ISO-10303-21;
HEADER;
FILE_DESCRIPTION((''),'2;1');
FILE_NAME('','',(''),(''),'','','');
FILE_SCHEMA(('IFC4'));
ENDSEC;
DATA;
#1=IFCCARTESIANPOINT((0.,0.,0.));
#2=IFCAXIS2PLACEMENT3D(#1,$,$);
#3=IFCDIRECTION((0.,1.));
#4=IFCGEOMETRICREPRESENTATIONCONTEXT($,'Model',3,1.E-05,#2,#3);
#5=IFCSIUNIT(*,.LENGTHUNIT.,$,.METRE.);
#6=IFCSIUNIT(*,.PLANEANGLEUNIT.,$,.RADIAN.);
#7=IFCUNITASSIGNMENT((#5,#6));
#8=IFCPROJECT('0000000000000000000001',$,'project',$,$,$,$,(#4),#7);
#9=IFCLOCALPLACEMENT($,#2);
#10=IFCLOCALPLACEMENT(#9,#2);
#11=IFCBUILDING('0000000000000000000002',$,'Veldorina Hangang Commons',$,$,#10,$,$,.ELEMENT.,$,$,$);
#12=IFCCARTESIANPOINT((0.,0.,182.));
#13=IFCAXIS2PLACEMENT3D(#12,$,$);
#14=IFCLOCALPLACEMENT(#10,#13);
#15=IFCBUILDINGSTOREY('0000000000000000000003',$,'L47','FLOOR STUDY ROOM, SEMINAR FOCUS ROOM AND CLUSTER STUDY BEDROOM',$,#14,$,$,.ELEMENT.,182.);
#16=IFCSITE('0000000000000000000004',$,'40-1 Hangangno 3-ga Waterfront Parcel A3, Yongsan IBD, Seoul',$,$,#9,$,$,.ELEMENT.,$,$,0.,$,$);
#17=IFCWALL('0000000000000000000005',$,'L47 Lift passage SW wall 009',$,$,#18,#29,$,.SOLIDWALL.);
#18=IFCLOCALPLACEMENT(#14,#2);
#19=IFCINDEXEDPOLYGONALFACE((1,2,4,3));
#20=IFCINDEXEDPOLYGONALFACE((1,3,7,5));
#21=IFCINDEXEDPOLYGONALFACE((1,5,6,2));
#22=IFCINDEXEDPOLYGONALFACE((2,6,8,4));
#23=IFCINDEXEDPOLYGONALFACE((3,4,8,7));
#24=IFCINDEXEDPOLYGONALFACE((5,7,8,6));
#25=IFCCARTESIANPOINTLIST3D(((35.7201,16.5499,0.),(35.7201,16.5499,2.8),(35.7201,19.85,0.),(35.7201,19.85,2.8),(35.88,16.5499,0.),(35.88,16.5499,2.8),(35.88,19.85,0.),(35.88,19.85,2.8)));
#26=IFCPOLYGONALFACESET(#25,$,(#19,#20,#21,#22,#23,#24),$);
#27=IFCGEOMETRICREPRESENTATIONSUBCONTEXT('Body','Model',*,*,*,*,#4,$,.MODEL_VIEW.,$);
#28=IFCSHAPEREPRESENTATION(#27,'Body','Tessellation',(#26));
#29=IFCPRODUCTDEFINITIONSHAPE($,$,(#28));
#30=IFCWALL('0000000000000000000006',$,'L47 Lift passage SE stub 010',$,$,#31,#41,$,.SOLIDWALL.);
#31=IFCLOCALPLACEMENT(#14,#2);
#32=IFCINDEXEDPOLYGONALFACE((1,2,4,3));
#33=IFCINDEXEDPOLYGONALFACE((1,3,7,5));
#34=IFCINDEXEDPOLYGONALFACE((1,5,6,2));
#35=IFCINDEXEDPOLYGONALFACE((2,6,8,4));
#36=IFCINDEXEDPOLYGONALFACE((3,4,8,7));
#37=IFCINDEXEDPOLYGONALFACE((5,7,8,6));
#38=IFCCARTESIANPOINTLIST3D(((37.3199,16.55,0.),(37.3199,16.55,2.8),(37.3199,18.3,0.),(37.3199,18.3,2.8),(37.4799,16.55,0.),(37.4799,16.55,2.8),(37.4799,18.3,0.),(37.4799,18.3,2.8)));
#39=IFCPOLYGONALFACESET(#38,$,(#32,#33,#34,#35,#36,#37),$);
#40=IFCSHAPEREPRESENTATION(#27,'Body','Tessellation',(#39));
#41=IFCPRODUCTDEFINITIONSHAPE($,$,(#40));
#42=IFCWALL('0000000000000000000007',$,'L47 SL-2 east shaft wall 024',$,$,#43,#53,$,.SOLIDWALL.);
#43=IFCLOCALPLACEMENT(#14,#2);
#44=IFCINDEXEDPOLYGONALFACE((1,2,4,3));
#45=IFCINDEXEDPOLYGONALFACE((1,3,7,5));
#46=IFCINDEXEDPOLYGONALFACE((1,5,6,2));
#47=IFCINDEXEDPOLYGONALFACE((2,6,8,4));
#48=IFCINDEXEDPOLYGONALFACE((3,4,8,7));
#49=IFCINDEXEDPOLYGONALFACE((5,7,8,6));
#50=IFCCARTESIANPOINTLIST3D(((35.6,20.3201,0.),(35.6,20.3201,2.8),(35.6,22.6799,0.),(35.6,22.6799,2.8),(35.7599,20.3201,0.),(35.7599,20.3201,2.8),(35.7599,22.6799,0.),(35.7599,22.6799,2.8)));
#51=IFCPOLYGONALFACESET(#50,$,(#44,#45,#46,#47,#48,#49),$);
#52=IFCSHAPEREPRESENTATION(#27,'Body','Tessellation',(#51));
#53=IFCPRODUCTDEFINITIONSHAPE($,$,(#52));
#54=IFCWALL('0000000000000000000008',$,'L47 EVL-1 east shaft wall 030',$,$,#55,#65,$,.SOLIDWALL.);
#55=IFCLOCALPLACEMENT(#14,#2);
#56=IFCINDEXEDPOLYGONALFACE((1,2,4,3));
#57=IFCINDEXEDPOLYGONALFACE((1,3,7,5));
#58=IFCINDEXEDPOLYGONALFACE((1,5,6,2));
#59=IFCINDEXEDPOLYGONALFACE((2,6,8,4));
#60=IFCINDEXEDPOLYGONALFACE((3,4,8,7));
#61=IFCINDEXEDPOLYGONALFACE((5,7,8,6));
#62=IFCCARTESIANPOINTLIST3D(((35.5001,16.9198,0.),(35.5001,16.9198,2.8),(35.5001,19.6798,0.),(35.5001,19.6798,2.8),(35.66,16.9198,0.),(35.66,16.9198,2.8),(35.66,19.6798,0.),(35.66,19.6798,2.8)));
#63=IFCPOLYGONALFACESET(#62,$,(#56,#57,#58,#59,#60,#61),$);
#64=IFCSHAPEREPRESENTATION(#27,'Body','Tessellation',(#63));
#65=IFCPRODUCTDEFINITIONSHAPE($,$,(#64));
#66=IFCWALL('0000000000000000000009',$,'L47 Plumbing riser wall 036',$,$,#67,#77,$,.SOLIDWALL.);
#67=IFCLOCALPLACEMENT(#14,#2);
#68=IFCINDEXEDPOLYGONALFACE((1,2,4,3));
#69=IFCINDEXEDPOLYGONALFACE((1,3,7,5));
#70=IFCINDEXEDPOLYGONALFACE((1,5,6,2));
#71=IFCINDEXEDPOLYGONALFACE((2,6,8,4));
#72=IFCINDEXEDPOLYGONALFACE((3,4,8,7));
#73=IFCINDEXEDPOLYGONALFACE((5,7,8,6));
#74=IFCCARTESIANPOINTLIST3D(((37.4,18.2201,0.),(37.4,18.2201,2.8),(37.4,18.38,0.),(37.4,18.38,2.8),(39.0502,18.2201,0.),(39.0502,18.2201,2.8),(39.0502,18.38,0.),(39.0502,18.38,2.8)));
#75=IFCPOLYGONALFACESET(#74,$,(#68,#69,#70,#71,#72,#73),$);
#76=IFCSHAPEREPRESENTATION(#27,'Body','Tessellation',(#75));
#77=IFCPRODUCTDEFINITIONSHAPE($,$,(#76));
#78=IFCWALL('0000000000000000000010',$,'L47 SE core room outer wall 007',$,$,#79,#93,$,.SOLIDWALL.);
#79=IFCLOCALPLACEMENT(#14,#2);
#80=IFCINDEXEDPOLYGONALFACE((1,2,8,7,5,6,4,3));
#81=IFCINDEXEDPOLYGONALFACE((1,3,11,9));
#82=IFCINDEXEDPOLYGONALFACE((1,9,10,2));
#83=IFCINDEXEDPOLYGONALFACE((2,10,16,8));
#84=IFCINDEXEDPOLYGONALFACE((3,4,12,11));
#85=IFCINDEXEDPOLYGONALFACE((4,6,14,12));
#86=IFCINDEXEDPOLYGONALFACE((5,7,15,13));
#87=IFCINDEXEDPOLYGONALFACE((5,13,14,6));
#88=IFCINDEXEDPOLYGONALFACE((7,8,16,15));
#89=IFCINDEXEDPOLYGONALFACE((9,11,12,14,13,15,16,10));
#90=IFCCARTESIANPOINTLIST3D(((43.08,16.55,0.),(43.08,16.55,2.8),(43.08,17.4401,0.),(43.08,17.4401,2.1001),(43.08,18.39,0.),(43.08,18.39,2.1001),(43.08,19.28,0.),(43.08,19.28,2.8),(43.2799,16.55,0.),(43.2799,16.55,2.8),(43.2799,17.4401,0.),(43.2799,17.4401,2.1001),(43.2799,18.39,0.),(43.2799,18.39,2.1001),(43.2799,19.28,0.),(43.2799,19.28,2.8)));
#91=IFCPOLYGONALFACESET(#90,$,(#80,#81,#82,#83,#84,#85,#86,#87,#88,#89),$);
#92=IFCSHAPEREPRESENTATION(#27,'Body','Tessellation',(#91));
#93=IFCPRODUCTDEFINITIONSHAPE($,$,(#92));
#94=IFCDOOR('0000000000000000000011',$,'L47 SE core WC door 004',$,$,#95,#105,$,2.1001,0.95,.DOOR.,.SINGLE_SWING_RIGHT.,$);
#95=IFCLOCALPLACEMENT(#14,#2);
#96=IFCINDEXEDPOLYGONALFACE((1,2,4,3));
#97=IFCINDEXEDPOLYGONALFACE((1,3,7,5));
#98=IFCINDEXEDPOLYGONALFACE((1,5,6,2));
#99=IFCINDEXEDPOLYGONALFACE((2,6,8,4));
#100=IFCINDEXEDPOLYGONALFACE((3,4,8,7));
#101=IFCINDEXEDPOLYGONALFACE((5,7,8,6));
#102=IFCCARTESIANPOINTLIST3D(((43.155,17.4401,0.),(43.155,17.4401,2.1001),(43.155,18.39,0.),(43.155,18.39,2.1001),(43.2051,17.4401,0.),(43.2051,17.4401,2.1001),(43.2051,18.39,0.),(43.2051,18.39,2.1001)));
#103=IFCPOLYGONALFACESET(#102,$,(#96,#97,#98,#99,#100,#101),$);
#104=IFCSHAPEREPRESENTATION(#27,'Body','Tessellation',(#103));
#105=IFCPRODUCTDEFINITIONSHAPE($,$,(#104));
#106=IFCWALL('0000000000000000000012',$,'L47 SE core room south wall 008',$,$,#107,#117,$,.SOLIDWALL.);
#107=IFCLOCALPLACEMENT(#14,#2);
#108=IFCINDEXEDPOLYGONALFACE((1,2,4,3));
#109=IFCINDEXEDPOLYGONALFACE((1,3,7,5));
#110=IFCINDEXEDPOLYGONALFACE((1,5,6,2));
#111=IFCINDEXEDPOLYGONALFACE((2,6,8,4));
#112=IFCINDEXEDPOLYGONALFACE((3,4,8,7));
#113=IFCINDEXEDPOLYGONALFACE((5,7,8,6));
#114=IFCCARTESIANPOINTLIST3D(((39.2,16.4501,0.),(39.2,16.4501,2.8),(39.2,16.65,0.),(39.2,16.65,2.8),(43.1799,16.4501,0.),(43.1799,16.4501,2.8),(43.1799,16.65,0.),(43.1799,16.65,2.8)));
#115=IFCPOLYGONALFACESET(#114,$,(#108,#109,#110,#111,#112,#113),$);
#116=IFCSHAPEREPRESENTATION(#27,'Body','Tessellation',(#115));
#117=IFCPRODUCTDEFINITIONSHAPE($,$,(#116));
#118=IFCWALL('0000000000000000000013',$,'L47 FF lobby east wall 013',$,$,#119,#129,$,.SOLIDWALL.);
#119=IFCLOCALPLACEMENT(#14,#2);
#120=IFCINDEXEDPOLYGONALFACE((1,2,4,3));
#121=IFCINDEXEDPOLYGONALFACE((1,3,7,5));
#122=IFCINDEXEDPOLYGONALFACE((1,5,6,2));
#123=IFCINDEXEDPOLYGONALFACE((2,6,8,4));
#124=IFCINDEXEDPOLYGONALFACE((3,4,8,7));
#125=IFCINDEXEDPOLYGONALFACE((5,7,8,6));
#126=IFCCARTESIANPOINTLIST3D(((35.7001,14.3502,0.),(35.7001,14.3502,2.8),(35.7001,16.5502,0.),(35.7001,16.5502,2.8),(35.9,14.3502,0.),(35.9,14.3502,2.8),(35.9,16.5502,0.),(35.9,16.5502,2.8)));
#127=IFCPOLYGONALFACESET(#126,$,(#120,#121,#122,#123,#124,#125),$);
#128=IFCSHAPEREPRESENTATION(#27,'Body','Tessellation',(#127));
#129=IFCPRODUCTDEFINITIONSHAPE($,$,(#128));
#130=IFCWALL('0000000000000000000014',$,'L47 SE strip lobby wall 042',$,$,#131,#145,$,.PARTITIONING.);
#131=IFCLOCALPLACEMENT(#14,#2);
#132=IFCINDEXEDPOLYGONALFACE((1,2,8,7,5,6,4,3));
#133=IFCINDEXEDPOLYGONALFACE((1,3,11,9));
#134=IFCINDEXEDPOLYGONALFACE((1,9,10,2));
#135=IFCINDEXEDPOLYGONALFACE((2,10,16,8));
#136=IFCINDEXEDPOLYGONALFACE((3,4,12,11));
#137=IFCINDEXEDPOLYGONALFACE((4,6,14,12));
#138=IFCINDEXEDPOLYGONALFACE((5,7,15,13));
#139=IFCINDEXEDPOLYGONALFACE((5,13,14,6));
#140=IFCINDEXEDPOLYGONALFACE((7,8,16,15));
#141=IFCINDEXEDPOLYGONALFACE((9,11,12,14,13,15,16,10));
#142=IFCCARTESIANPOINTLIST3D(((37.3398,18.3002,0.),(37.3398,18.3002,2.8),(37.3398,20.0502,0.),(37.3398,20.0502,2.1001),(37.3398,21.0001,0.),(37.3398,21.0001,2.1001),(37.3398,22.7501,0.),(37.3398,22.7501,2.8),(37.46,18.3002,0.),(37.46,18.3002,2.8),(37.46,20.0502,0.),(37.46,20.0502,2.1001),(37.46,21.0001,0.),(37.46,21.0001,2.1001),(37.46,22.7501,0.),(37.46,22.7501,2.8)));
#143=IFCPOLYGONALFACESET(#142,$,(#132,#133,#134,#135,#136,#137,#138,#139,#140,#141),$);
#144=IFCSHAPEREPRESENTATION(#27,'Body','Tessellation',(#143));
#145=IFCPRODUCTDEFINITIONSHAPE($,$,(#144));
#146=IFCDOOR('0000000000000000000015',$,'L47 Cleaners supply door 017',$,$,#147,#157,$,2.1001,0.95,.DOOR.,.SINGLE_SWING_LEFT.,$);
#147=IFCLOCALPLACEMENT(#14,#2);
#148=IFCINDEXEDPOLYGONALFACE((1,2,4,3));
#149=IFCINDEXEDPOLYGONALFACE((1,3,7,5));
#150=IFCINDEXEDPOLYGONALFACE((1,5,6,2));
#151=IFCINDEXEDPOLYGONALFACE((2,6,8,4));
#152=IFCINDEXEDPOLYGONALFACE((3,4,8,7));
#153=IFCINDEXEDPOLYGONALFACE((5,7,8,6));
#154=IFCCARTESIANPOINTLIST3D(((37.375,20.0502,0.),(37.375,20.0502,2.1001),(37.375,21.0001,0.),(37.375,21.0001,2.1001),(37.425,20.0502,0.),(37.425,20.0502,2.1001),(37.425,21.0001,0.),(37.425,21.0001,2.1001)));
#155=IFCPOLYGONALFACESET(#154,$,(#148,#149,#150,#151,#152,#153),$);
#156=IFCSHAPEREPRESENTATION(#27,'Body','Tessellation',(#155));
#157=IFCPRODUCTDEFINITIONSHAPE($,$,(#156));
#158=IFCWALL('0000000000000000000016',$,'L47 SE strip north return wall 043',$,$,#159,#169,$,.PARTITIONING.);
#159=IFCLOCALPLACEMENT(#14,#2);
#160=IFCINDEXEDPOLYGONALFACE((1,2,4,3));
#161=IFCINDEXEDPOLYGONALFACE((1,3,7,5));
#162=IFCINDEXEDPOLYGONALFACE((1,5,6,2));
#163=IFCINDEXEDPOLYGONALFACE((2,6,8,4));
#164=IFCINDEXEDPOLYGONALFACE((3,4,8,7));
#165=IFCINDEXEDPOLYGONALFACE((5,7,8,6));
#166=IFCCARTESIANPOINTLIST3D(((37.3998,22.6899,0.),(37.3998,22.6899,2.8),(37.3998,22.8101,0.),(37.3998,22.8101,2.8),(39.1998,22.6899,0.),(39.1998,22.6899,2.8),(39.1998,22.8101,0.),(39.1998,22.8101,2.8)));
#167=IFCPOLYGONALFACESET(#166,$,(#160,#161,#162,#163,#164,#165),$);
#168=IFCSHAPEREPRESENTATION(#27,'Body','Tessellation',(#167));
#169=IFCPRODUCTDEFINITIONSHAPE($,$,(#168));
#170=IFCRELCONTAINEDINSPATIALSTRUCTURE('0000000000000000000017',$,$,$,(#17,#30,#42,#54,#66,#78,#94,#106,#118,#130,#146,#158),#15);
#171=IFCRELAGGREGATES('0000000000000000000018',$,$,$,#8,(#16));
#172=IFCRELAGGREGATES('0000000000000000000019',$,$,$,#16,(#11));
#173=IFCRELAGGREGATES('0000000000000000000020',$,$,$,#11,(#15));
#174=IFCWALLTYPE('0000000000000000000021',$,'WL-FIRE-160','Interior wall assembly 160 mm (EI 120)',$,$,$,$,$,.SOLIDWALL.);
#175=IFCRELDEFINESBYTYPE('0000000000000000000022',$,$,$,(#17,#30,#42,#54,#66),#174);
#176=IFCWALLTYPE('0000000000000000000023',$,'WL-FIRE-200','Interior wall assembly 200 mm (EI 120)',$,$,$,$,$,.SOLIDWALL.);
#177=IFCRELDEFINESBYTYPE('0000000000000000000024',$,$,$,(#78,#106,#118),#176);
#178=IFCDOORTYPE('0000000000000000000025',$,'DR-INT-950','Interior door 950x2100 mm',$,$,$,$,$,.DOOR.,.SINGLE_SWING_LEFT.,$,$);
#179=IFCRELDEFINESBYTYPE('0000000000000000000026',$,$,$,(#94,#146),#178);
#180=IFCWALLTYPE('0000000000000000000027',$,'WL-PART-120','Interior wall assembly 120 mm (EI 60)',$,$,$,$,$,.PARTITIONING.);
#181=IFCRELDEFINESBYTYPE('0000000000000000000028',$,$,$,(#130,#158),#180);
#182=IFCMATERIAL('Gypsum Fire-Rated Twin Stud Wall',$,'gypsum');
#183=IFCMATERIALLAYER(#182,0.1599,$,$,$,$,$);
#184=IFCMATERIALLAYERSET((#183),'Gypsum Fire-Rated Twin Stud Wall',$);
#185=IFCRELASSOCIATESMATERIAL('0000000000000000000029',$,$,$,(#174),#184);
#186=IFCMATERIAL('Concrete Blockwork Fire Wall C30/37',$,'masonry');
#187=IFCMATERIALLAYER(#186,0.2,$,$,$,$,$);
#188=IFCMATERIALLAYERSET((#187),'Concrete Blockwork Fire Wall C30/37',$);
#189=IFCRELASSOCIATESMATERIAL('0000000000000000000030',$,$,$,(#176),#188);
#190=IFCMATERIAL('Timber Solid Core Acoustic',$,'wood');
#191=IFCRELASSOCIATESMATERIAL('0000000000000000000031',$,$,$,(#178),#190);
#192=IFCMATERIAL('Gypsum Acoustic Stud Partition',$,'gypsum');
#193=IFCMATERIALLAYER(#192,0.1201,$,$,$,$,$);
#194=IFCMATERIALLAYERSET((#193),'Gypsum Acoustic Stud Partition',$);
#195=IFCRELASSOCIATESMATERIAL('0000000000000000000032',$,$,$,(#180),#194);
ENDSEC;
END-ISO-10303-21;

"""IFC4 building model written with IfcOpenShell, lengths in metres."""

from ifc_helpers import new_model, si_unit, direction, frame, frame_2d, origin, place, context, subcontext, project, spatial, rectangle, extrude, material, layer, layer_set, type_object, element, fill, save


model = new_model("IFC4")

# Units and contexts
model_context = context("Model", 3, precision=1e-05, world=origin(), true_north=direction((0.0, 1.0)))
body_context = subcontext(model_context, "Body", "Model", "MODEL_VIEW")
ifc_project = project(units=[si_unit("LENGTHUNIT", "METRE"), si_unit("PLANEANGLEUNIT", "RADIAN")], contexts=[model_context])

# Site, building, storey
site_placement = place(None, origin())
site = spatial("IfcSite", under=ifc_project, at=site_placement, Name="40-1 Hangangno 3-ga Waterfront Parcel A3, Yongsan IBD, Seoul", CompositionType="ELEMENT", RefElevation=0.0)
building_placement = place(site_placement, origin())
building = spatial("IfcBuilding", under=site, at=building_placement, Name="Veldorina Hangang Commons", CompositionType="ELEMENT")
storey_placement = place(building_placement, frame((0.0, 0.0, 182.0)))
storey = spatial("IfcBuildingStorey", under=building, at=storey_placement, Name="L47", Description="FLOOR STUDY ROOM, SEMINAR FOCUS ROOM AND CLUSTER STUDY BEDROOM", CompositionType="ELEMENT", Elevation=182.0)

# Walls
ifc_material_1 = material(Name="Gypsum Fire-Rated Twin Stud Wall", Category="gypsum")
ifc_layer_1 = layer(ifc_material_1, 0.1599)
ifc_layer_set_1 = layer_set([ifc_layer_1], Name="Gypsum Fire-Rated Twin Stud Wall")
wall_type_1 = type_object("IfcWallType", Name="WL-FIRE-160", Description="Interior wall assembly 160 mm (EI 120)", PredefinedType="SOLIDWALL", material=ifc_layer_set_1)
wall_1_placement = place(storey_placement, frame((35.8, 16.55, 0.0), z_axis=(0.0, 0.0, 1.0), x_axis=(0.0, 1.0, 0.0)))
element("IfcWall", 1, at=wall_1_placement, inside=storey, type_object=wall_type_1, Name="L47 Lift passage SW wall 009", PredefinedType="SOLIDWALL", context=body_context, shape_type="SweptSolid", body=[
    extrude(rectangle(XDim=3.3, YDim=0.1599, at=frame_2d((1.6499, 0.0))), origin(), (0.0, 0.0, 1.0), 2.8),
])
wall_2_placement = place(storey_placement, frame((37.3999, 16.55, 0.0), z_axis=(0.0, 0.0, 1.0), x_axis=(0.0, 1.0, 0.0)))
element("IfcWall", 2, at=wall_2_placement, inside=storey, type_object=wall_type_1, Name="L47 Lift passage SE stub 010", PredefinedType="SOLIDWALL", context=body_context, shape_type="SweptSolid", body=[
    extrude(rectangle(XDim=1.75, YDim=0.1599, at=frame_2d((0.875, 0.0))), origin(), (0.0, 0.0, 1.0), 2.8),
])
wall_3_placement = place(storey_placement, frame((35.6799, 20.3201, 0.0), z_axis=(0.0, 0.0, 1.0), x_axis=(0.0, 1.0, 0.0)))
element("IfcWall", 3, at=wall_3_placement, inside=storey, type_object=wall_type_1, Name="L47 SL-2 east shaft wall 024", PredefinedType="SOLIDWALL", context=body_context, shape_type="SweptSolid", body=[
    extrude(rectangle(XDim=2.3599, YDim=0.1599, at=frame_2d((1.1799, 0.0))), origin(), (0.0, 0.0, 1.0), 2.8),
])
wall_4_placement = place(storey_placement, frame((35.5801, 16.9199, 0.0), z_axis=(0.0, 0.0, 1.0), x_axis=(0.0, 1.0, 0.0)))
element("IfcWall", 4, at=wall_4_placement, inside=storey, type_object=wall_type_1, Name="L47 EVL-1 east shaft wall 030", PredefinedType="SOLIDWALL", context=body_context, shape_type="SweptSolid", body=[
    extrude(rectangle(XDim=2.76, YDim=0.1599, at=frame_2d((1.3799, 0.0))), origin(), (0.0, 0.0, 1.0), 2.8),
])
wall_5_placement = place(storey_placement, frame((37.3999, 18.3, 0.0), z_axis=(0.0, 0.0, 1.0), x_axis=(1.0, 0.0, 0.0)))
element("IfcWall", 5, at=wall_5_placement, inside=storey, type_object=wall_type_1, Name="L47 Plumbing riser wall 036", PredefinedType="SOLIDWALL", context=body_context, shape_type="SweptSolid", body=[
    extrude(rectangle(XDim=1.6501, YDim=0.1599, at=frame_2d((0.8252, 0.0))), origin(), (0.0, 0.0, 1.0), 2.8),
])

# Wall, opening, door
ifc_material_2 = material(Name="Concrete Blockwork Fire Wall C30/37", Category="masonry")
ifc_layer_2 = layer(ifc_material_2, 0.2)
ifc_layer_set_2 = layer_set([ifc_layer_2], Name="Concrete Blockwork Fire Wall C30/37")
wall_type_2 = type_object("IfcWallType", Name="WL-FIRE-200", Description="Interior wall assembly 200 mm (EI 120)", PredefinedType="SOLIDWALL", material=ifc_layer_set_2)
wall_6_placement = place(storey_placement, frame((43.1799, 16.55, 0.0), z_axis=(0.0, 0.0, 1.0), x_axis=(0.0, 1.0, 0.0)))
wall_6 = element("IfcWall", 6, at=wall_6_placement, inside=storey, type_object=wall_type_2, Name="L47 SE core room outer wall 007", PredefinedType="SOLIDWALL", context=body_context, shape_type="SweptSolid", body=[
    extrude(rectangle(XDim=2.73, YDim=0.2, at=frame_2d((1.365, 0.0))), origin(), (0.0, 0.0, 1.0), 2.8),
])
opening_1_placement = place(wall_6_placement, frame((0.8899, 0.0, 0.0)))
opening_1 = element("IfcOpeningElement", 7, at=opening_1_placement, cuts=wall_6, PredefinedType="OPENING", context=body_context, shape_type="SweptSolid", body=[
    extrude(rectangle(XDim=0.95, YDim=2.1001, at=frame_2d((0.4751, 1.05))), frame((0.0, 0.1099, 0.0), z_axis=(0.0, -1.0, 0.0), x_axis=(1.0, 0.0, 0.0)), (0.0, 0.0, 1.0), 0.22),
])
ifc_material_3 = material(Name="Timber Solid Core Acoustic", Category="wood")
door_type_1 = type_object("IfcDoorType", Name="DR-INT-950", Description="Interior door 950x2100 mm", OperationType="SINGLE_SWING_LEFT", PredefinedType="DOOR", material=ifc_material_3)
door_1_placement = place(opening_1_placement, origin())
door_1 = element("IfcDoor", 8, at=door_1_placement, inside=storey, type_object=door_type_1, Name="L47 SE core WC door 004", OperationType="SINGLE_SWING_RIGHT", OverallHeight=2.1001, OverallWidth=0.95, PredefinedType="DOOR", context=body_context, shape_type="SweptSolid", body=[
    extrude(rectangle(XDim=0.95, YDim=2.1001, at=frame_2d((0.4751, 1.05))), frame((0.0, 0.0249, 0.0), z_axis=(0.0, -1.0, 0.0), x_axis=(1.0, 0.0, 0.0)), (0.0, 0.0, 1.0), 0.05),
])
fill(opening_1, door_1)

# Walls
wall_7_placement = place(storey_placement, frame((39.2, 16.55, 0.0), z_axis=(0.0, 0.0, 1.0), x_axis=(1.0, 0.0, 0.0)))
element("IfcWall", 9, at=wall_7_placement, inside=storey, type_object=wall_type_2, Name="L47 SE core room south wall 008", PredefinedType="SOLIDWALL", context=body_context, shape_type="SweptSolid", body=[
    extrude(rectangle(XDim=3.98, YDim=0.2, at=frame_2d((1.99, 0.0))), origin(), (0.0, 0.0, 1.0), 2.8),
])
wall_8_placement = place(storey_placement, frame((35.8, 14.3501, 0.0), z_axis=(0.0, 0.0, 1.0), x_axis=(0.0, 1.0, 0.0)))
element("IfcWall", 10, at=wall_8_placement, inside=storey, type_object=wall_type_2, Name="L47 FF lobby east wall 013", PredefinedType="SOLIDWALL", context=body_context, shape_type="SweptSolid", body=[
    extrude(rectangle(XDim=2.2, YDim=0.2, at=frame_2d((1.1001, 0.0))), origin(), (0.0, 0.0, 1.0), 2.8),
])

# Wall, opening, door
ifc_material_4 = material(Name="Gypsum Acoustic Stud Partition", Category="gypsum")
ifc_layer_3 = layer(ifc_material_4, 0.1201)
ifc_layer_set_3 = layer_set([ifc_layer_3], Name="Gypsum Acoustic Stud Partition")
wall_type_3 = type_object("IfcWallType", Name="WL-PART-120", Description="Interior wall assembly 120 mm (EI 60)", PredefinedType="PARTITIONING", material=ifc_layer_set_3)
wall_9_placement = place(storey_placement, frame((37.3999, 18.3, 0.0), z_axis=(0.0, 0.0, 1.0), x_axis=(0.0, 1.0, 0.0)))
wall_9 = element("IfcWall", 11, at=wall_9_placement, inside=storey, type_object=wall_type_3, Name="L47 SE strip lobby wall 042", PredefinedType="PARTITIONING", context=body_context, shape_type="SweptSolid", body=[
    extrude(rectangle(XDim=4.45, YDim=0.1201, at=frame_2d((2.2251, 0.0))), origin(), (0.0, 0.0, 1.0), 2.8),
])
opening_2_placement = place(wall_9_placement, frame((1.75, 0.0, 0.0)))
opening_2 = element("IfcOpeningElement", 12, at=opening_2_placement, cuts=wall_9, PredefinedType="OPENING", context=body_context, shape_type="SweptSolid", body=[
    extrude(rectangle(XDim=0.95, YDim=2.1001, at=frame_2d((0.4751, 1.05))), frame((0.0, 0.0701, 0.0), z_axis=(0.0, -1.0, 0.0), x_axis=(1.0, 0.0, 0.0)), (0.0, 0.0, 1.0), 0.1401),
])
door_2_placement = place(opening_2_placement, origin())
door_2 = element("IfcDoor", 13, at=door_2_placement, inside=storey, type_object=door_type_1, Name="L47 Cleaners supply door 017", OperationType="SINGLE_SWING_LEFT", OverallHeight=2.1001, OverallWidth=0.95, PredefinedType="DOOR", context=body_context, shape_type="SweptSolid", body=[
    extrude(rectangle(XDim=0.95, YDim=2.1001, at=frame_2d((0.4751, 1.05))), frame((0.0, 0.0249, 0.0), z_axis=(0.0, -1.0, 0.0), x_axis=(1.0, 0.0, 0.0)), (0.0, 0.0, 1.0), 0.05),
])
fill(opening_2, door_2)

# Wall
wall_10_placement = place(storey_placement, frame((37.3999, 22.75, 0.0), z_axis=(0.0, 0.0, 1.0), x_axis=(1.0, 0.0, 0.0)))
element("IfcWall", 14, at=wall_10_placement, inside=storey, type_object=wall_type_3, Name="L47 SE strip north return wall 043", PredefinedType="PARTITIONING", context=body_context, shape_type="SweptSolid", body=[
    extrude(rectangle(XDim=1.8, YDim=0.1201, at=frame_2d((0.8999, 0.0))), origin(), (0.0, 0.0, 1.0), 2.8),
])

save(model, "model.ifc")
